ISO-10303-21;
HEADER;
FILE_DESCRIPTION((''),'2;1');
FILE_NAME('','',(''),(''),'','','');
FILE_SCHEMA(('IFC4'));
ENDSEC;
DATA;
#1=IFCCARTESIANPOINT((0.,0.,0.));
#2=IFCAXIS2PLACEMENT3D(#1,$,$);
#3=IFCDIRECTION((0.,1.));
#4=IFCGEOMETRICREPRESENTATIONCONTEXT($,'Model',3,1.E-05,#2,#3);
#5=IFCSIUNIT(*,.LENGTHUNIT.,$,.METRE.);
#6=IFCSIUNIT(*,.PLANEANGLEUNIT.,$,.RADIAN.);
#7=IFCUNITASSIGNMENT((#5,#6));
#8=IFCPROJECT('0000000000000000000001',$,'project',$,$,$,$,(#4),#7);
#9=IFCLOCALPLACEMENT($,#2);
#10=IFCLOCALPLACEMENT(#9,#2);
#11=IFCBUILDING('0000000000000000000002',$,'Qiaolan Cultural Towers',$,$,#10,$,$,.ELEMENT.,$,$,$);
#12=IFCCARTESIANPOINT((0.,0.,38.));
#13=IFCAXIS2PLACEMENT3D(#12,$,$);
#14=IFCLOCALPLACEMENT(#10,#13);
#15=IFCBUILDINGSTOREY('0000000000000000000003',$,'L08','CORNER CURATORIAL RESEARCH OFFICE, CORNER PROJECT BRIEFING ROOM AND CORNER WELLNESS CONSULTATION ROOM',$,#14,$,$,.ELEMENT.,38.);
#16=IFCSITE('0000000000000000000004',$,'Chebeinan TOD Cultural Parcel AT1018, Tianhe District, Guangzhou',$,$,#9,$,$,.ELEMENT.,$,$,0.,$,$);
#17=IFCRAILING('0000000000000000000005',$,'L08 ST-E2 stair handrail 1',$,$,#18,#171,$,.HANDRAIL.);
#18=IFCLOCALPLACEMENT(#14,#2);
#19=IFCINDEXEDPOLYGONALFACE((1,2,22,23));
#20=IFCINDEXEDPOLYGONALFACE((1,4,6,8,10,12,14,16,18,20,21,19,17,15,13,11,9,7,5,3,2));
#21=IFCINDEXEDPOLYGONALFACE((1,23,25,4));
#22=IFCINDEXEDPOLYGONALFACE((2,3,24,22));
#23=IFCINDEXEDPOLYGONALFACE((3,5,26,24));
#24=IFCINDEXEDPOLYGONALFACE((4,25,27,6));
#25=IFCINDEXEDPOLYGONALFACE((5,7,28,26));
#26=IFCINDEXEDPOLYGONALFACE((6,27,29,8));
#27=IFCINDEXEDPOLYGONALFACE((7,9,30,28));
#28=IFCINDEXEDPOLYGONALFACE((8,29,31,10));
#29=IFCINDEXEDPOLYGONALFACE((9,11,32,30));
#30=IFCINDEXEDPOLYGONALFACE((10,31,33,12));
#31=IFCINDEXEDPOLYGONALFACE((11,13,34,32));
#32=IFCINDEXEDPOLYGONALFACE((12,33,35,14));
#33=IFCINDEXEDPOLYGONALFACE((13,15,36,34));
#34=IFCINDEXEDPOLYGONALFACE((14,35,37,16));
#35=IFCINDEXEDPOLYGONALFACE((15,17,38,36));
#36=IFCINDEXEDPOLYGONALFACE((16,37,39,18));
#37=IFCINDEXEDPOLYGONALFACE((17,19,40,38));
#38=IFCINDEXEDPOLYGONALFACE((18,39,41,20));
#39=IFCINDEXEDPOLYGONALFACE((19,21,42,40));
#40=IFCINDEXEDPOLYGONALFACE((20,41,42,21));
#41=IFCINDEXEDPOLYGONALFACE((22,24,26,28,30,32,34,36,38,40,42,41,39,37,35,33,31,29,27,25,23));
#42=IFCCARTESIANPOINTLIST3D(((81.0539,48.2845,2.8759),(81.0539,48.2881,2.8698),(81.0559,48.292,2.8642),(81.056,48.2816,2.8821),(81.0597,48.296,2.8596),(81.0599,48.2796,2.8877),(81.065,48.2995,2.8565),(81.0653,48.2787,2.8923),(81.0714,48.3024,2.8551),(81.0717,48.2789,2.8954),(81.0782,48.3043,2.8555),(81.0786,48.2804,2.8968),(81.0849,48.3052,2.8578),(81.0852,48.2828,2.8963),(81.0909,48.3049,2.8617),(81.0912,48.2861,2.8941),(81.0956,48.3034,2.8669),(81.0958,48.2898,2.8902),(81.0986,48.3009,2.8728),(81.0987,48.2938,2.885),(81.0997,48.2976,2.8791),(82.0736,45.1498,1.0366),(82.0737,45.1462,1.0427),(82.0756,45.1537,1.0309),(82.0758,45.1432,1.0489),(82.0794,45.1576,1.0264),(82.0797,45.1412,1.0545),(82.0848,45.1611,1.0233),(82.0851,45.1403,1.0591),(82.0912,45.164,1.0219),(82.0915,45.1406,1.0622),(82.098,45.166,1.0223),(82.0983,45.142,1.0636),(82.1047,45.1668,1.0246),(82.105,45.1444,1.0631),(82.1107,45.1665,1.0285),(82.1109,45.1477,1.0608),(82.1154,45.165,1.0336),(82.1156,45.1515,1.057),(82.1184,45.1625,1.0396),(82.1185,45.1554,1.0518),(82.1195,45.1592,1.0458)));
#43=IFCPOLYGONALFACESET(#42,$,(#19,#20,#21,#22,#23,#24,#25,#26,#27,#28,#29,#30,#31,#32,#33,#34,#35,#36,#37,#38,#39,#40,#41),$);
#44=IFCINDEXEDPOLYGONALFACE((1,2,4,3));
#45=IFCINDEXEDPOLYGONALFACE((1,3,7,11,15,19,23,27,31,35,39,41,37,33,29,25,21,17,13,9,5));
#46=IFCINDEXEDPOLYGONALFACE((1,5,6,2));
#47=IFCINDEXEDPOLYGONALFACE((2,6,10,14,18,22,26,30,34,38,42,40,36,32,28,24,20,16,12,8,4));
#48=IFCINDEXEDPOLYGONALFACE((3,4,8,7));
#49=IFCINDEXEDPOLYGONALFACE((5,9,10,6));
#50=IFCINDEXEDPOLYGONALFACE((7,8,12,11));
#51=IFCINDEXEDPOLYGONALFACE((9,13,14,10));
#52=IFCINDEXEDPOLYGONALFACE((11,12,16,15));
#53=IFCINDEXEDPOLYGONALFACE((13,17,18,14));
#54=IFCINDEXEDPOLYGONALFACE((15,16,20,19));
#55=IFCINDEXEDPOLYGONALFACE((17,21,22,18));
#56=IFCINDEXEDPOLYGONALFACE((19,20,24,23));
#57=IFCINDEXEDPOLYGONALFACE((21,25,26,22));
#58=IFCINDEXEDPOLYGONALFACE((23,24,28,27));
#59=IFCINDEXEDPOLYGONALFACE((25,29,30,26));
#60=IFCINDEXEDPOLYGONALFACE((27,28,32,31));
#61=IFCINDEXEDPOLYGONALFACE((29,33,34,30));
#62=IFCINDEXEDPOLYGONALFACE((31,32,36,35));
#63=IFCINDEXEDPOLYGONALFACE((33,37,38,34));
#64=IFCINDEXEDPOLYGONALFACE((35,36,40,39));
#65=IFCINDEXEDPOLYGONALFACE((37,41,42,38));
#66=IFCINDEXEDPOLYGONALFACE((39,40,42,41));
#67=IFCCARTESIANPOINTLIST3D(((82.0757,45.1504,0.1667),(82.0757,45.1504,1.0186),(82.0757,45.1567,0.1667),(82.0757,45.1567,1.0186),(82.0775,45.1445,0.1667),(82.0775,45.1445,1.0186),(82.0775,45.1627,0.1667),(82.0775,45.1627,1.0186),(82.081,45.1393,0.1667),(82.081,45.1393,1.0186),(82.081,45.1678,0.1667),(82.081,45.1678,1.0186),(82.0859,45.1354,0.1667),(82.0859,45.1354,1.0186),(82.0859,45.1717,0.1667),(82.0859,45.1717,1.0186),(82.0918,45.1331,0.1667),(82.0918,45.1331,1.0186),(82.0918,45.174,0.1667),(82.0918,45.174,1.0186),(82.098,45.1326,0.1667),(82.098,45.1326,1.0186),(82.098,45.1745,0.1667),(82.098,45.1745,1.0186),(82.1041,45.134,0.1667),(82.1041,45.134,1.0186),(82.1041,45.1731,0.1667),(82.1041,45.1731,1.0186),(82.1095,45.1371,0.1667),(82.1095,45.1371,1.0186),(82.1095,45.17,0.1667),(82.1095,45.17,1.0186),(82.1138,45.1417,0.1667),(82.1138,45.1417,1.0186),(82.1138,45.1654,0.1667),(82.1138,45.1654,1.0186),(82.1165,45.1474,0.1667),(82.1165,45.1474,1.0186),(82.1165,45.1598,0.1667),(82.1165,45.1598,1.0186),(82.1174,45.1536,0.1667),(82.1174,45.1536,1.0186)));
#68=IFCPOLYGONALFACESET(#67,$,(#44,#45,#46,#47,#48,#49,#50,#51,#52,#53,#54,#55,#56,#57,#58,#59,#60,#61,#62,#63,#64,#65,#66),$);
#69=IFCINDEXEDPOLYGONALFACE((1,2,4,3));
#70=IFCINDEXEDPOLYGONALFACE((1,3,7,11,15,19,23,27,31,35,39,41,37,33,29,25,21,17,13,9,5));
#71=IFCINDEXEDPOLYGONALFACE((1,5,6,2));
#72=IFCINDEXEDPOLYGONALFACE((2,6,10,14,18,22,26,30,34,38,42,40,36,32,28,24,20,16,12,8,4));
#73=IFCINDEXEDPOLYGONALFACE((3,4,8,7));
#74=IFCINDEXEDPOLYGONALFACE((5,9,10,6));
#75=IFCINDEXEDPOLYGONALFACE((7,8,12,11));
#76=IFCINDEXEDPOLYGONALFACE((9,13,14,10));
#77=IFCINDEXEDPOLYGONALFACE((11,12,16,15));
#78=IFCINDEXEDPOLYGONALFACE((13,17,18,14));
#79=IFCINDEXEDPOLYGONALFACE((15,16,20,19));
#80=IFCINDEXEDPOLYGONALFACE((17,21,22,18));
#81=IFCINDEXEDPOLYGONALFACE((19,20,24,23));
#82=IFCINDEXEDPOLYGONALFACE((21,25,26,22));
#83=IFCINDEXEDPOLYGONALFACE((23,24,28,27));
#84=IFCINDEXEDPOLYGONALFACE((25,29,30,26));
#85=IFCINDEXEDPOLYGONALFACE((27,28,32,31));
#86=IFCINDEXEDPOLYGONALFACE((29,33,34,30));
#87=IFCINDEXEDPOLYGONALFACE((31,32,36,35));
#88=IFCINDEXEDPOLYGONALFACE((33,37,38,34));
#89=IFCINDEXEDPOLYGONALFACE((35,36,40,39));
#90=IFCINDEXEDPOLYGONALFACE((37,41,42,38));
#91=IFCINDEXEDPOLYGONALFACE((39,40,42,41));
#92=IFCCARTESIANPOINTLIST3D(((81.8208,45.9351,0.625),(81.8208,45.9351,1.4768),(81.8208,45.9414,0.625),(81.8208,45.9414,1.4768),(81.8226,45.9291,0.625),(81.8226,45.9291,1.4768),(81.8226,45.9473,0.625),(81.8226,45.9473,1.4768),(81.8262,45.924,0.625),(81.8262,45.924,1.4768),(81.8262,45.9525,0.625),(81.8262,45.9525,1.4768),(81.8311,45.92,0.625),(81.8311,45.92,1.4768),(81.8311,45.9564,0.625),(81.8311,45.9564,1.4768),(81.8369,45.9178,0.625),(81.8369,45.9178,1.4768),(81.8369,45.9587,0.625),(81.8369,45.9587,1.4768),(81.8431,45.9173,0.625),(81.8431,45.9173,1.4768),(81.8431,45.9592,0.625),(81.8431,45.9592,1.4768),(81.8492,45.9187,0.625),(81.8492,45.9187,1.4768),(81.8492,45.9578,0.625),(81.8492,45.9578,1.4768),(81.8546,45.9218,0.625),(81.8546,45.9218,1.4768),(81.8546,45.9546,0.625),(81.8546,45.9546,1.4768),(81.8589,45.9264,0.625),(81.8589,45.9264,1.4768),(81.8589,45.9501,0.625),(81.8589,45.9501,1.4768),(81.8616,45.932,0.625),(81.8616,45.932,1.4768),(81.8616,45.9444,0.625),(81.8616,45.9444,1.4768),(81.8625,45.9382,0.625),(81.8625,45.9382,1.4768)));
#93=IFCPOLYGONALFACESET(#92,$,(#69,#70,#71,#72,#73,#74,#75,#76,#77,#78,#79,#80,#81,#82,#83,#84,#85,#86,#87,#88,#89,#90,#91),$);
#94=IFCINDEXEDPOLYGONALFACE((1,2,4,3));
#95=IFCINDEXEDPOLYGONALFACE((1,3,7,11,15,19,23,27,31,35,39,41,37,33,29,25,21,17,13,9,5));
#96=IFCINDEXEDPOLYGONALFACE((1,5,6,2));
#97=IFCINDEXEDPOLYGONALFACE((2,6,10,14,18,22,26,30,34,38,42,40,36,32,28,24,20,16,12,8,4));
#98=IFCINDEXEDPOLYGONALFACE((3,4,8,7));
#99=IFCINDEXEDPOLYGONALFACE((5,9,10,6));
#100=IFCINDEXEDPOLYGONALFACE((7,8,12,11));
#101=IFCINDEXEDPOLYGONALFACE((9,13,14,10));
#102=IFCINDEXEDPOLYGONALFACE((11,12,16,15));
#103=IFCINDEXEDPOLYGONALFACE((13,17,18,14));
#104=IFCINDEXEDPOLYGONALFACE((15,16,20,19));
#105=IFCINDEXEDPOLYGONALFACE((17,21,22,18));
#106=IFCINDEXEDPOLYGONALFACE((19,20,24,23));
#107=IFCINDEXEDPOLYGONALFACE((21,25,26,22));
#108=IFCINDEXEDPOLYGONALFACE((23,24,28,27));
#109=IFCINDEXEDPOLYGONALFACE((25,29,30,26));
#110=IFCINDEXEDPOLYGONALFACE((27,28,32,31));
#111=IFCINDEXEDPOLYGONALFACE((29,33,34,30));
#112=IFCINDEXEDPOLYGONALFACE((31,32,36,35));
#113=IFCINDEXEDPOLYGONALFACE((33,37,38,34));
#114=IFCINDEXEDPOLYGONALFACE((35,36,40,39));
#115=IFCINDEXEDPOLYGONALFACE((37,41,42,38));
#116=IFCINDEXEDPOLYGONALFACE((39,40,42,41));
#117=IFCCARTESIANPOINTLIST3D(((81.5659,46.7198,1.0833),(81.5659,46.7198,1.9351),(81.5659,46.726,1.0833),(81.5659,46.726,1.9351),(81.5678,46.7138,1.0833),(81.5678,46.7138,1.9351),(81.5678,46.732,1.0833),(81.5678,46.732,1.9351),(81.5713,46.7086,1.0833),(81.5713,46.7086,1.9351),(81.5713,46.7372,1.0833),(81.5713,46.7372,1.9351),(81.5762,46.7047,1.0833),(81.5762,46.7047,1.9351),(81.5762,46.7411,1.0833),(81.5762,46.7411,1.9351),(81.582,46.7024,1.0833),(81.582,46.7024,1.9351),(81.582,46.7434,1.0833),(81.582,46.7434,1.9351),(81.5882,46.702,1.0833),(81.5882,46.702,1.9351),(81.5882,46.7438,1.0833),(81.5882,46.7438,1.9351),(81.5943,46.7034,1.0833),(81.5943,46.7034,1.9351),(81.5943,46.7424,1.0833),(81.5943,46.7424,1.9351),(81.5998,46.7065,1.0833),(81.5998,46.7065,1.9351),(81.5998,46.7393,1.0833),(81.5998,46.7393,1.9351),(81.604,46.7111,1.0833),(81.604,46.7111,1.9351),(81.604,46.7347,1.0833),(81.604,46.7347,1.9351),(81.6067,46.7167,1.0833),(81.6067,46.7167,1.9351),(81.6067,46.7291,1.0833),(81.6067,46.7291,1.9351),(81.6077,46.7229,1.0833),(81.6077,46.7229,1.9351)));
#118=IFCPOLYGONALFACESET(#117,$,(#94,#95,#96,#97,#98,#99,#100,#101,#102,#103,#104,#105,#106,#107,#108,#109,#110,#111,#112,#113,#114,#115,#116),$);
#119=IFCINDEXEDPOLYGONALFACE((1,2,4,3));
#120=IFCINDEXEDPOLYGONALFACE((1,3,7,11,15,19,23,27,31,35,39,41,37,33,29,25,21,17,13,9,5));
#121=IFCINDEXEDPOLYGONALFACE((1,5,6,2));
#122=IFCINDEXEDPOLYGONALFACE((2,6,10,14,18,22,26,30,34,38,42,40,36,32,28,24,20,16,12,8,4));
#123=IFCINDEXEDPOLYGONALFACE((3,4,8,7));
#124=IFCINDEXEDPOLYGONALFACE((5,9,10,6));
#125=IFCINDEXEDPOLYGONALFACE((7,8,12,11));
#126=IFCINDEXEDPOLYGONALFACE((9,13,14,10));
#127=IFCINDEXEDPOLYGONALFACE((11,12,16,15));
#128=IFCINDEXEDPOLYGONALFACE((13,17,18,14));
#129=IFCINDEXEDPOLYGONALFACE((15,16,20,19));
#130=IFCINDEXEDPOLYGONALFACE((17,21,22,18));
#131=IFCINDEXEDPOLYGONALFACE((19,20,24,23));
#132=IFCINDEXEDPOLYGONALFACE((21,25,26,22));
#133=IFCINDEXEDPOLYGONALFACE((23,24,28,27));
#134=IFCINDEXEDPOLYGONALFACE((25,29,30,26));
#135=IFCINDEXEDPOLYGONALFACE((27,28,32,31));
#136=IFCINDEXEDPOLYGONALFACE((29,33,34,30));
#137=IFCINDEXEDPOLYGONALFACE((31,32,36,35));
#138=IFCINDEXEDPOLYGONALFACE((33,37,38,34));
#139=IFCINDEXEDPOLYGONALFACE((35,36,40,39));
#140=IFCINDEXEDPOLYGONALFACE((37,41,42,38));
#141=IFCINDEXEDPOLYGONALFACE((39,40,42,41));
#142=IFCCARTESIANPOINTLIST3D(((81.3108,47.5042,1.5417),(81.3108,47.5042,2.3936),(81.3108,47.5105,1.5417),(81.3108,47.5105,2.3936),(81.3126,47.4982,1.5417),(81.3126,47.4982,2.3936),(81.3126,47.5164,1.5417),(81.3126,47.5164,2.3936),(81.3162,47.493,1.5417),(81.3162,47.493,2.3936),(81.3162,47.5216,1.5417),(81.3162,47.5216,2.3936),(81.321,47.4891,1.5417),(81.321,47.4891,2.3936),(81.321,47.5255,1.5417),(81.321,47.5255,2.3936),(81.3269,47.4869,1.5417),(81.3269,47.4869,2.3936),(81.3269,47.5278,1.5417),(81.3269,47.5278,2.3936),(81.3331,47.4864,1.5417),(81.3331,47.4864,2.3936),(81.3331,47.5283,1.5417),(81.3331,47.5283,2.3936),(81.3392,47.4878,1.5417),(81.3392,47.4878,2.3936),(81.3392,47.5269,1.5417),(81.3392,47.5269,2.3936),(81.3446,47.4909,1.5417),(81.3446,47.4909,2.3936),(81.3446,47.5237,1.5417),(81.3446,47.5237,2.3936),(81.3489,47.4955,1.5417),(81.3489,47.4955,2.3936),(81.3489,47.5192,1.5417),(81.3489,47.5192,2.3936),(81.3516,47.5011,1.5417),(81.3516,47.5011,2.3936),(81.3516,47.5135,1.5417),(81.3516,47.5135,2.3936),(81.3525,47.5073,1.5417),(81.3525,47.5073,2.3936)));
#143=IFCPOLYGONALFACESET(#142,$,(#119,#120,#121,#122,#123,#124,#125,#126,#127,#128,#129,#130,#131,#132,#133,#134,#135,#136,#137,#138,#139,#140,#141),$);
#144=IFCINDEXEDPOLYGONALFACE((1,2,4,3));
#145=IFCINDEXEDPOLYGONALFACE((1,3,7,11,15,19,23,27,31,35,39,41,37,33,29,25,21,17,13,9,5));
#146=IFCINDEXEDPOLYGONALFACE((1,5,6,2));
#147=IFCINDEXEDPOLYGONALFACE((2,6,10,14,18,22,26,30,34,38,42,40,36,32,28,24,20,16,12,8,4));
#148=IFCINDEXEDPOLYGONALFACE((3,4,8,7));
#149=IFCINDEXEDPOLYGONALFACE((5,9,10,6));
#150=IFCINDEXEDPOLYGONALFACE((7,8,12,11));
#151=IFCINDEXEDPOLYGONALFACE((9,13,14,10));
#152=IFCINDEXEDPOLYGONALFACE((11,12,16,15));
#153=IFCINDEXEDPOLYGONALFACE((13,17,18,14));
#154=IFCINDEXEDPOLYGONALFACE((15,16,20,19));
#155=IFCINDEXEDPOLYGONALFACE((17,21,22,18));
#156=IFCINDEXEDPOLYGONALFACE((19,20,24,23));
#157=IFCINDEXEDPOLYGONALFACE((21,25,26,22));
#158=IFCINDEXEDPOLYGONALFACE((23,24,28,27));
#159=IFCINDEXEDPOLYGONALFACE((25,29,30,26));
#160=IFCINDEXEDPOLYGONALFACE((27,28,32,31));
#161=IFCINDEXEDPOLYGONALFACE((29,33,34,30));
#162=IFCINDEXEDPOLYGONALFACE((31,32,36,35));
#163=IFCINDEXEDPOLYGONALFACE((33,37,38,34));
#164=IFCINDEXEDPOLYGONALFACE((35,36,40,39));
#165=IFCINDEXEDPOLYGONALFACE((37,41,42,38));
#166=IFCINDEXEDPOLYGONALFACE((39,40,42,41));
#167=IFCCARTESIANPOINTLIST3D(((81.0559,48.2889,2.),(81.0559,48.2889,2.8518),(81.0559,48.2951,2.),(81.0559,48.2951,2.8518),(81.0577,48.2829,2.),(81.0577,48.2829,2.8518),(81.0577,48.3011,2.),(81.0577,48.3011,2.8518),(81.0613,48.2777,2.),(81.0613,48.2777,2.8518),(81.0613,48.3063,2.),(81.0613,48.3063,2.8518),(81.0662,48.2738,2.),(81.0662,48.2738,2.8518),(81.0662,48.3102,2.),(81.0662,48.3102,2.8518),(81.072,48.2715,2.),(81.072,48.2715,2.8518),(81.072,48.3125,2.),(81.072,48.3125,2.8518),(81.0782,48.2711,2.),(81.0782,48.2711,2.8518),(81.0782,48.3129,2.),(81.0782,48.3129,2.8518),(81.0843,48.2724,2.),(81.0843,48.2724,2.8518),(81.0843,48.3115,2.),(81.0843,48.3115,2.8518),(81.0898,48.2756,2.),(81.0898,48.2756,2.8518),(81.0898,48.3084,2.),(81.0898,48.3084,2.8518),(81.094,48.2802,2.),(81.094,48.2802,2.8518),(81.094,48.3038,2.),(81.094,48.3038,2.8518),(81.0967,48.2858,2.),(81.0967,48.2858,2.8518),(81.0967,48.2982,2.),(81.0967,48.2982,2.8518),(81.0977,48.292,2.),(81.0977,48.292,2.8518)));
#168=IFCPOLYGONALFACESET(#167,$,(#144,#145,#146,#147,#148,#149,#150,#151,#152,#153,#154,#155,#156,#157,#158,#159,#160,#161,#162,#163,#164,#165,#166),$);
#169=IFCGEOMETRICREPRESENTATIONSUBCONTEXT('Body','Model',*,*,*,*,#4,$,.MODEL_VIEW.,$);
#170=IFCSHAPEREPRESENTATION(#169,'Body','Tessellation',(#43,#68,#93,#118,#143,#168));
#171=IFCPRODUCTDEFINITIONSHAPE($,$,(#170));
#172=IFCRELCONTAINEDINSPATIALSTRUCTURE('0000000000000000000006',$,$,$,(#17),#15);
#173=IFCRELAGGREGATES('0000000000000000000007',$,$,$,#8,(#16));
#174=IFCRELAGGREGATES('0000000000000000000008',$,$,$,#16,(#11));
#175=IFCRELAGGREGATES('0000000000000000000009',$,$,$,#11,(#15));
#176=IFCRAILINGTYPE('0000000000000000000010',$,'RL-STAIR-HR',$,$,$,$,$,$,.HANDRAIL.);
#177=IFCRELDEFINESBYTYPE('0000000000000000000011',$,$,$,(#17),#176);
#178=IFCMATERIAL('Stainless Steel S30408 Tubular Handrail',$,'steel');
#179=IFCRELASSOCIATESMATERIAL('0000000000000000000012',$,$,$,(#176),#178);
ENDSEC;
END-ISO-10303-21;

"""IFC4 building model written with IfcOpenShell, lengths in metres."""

from ifc_helpers import new_model, si_unit, direction, frame, origin, origin_2d, place, context, subcontext, project, spatial, circle, extrude, material, type_object, element, save


model = new_model("IFC4")

# Units and contexts
model_context = context("Model", 3, precision=1e-05, world=origin(), true_north=direction((0.0, 1.0)))
body_context = subcontext(model_context, "Body", "Model", "MODEL_VIEW")
ifc_project = project(units=[si_unit("LENGTHUNIT", "METRE"), si_unit("PLANEANGLEUNIT", "RADIAN")], contexts=[model_context])

# Site, building, storey
site_placement = place(None, origin())
site = spatial("IfcSite", under=ifc_project, at=site_placement, Name="Chebeinan TOD Cultural Parcel AT1018, Tianhe District, Guangzhou", CompositionType="ELEMENT", RefElevation=0.0)
building_placement = place(site_placement, origin())
building = spatial("IfcBuilding", under=site, at=building_placement, Name="Qiaolan Cultural Towers", CompositionType="ELEMENT")
storey_placement = place(building_placement, frame((0.0, 0.0, 38.0)))
storey = spatial("IfcBuildingStorey", under=building, at=storey_placement, Name="L08", Description="CORNER CURATORIAL RESEARCH OFFICE, CORNER PROJECT BRIEFING ROOM AND CORNER WELLNESS CONSULTATION ROOM", CompositionType="ELEMENT", Elevation=38.0)

# Railing
ifc_material_1 = material(Name="Stainless Steel S30408 Tubular Handrail", Category="steel")
railing_type_1 = type_object("IfcRailingType", Name="RL-STAIR-HR", PredefinedType="HANDRAIL", material=ifc_material_1)
railing_1_placement = place(storey_placement, frame((82.0964, 45.1536, 0.1667)))
element("IfcRailing", 1, at=railing_1_placement, inside=storey, type_object=railing_type_1, Name="L08 ST-E2 stair handrail 1", PredefinedType="HANDRAIL", context=body_context, shape_type="SweptSolid", body=[
    extrude(circle(Radius=0.0239, at=origin_2d()), frame((0.0, 0.0, 0.876), z_axis=(-0.270141, 0.831376, 0.485632), x_axis=(-0.951053, -0.309028, 0.0)), (0.0, 0.0, 1.0), 3.7749),
    extrude(circle(Radius=0.021, at=origin_2d()), origin(), (0.0, 0.0, 1.0), 0.8518),
    extrude(circle(Radius=0.021, at=origin_2d()), frame((-0.2549, 0.7847, 0.4583)), (0.0, 0.0, 1.0), 0.8518),
    extrude(circle(Radius=0.021, at=origin_2d()), frame((-0.5098, 1.5693, 0.9165)), (0.0, 0.0, 1.0), 0.8518),
    extrude(circle(Radius=0.021, at=origin_2d()), frame((-0.7649, 2.3538, 1.375)), (0.0, 0.0, 1.0), 0.8518),
    extrude(circle(Radius=0.021, at=origin_2d()), frame((-1.0198, 3.1384, 1.8333)), (0.0, 0.0, 1.0), 0.8518),
])

save(model, "model.ifc")
